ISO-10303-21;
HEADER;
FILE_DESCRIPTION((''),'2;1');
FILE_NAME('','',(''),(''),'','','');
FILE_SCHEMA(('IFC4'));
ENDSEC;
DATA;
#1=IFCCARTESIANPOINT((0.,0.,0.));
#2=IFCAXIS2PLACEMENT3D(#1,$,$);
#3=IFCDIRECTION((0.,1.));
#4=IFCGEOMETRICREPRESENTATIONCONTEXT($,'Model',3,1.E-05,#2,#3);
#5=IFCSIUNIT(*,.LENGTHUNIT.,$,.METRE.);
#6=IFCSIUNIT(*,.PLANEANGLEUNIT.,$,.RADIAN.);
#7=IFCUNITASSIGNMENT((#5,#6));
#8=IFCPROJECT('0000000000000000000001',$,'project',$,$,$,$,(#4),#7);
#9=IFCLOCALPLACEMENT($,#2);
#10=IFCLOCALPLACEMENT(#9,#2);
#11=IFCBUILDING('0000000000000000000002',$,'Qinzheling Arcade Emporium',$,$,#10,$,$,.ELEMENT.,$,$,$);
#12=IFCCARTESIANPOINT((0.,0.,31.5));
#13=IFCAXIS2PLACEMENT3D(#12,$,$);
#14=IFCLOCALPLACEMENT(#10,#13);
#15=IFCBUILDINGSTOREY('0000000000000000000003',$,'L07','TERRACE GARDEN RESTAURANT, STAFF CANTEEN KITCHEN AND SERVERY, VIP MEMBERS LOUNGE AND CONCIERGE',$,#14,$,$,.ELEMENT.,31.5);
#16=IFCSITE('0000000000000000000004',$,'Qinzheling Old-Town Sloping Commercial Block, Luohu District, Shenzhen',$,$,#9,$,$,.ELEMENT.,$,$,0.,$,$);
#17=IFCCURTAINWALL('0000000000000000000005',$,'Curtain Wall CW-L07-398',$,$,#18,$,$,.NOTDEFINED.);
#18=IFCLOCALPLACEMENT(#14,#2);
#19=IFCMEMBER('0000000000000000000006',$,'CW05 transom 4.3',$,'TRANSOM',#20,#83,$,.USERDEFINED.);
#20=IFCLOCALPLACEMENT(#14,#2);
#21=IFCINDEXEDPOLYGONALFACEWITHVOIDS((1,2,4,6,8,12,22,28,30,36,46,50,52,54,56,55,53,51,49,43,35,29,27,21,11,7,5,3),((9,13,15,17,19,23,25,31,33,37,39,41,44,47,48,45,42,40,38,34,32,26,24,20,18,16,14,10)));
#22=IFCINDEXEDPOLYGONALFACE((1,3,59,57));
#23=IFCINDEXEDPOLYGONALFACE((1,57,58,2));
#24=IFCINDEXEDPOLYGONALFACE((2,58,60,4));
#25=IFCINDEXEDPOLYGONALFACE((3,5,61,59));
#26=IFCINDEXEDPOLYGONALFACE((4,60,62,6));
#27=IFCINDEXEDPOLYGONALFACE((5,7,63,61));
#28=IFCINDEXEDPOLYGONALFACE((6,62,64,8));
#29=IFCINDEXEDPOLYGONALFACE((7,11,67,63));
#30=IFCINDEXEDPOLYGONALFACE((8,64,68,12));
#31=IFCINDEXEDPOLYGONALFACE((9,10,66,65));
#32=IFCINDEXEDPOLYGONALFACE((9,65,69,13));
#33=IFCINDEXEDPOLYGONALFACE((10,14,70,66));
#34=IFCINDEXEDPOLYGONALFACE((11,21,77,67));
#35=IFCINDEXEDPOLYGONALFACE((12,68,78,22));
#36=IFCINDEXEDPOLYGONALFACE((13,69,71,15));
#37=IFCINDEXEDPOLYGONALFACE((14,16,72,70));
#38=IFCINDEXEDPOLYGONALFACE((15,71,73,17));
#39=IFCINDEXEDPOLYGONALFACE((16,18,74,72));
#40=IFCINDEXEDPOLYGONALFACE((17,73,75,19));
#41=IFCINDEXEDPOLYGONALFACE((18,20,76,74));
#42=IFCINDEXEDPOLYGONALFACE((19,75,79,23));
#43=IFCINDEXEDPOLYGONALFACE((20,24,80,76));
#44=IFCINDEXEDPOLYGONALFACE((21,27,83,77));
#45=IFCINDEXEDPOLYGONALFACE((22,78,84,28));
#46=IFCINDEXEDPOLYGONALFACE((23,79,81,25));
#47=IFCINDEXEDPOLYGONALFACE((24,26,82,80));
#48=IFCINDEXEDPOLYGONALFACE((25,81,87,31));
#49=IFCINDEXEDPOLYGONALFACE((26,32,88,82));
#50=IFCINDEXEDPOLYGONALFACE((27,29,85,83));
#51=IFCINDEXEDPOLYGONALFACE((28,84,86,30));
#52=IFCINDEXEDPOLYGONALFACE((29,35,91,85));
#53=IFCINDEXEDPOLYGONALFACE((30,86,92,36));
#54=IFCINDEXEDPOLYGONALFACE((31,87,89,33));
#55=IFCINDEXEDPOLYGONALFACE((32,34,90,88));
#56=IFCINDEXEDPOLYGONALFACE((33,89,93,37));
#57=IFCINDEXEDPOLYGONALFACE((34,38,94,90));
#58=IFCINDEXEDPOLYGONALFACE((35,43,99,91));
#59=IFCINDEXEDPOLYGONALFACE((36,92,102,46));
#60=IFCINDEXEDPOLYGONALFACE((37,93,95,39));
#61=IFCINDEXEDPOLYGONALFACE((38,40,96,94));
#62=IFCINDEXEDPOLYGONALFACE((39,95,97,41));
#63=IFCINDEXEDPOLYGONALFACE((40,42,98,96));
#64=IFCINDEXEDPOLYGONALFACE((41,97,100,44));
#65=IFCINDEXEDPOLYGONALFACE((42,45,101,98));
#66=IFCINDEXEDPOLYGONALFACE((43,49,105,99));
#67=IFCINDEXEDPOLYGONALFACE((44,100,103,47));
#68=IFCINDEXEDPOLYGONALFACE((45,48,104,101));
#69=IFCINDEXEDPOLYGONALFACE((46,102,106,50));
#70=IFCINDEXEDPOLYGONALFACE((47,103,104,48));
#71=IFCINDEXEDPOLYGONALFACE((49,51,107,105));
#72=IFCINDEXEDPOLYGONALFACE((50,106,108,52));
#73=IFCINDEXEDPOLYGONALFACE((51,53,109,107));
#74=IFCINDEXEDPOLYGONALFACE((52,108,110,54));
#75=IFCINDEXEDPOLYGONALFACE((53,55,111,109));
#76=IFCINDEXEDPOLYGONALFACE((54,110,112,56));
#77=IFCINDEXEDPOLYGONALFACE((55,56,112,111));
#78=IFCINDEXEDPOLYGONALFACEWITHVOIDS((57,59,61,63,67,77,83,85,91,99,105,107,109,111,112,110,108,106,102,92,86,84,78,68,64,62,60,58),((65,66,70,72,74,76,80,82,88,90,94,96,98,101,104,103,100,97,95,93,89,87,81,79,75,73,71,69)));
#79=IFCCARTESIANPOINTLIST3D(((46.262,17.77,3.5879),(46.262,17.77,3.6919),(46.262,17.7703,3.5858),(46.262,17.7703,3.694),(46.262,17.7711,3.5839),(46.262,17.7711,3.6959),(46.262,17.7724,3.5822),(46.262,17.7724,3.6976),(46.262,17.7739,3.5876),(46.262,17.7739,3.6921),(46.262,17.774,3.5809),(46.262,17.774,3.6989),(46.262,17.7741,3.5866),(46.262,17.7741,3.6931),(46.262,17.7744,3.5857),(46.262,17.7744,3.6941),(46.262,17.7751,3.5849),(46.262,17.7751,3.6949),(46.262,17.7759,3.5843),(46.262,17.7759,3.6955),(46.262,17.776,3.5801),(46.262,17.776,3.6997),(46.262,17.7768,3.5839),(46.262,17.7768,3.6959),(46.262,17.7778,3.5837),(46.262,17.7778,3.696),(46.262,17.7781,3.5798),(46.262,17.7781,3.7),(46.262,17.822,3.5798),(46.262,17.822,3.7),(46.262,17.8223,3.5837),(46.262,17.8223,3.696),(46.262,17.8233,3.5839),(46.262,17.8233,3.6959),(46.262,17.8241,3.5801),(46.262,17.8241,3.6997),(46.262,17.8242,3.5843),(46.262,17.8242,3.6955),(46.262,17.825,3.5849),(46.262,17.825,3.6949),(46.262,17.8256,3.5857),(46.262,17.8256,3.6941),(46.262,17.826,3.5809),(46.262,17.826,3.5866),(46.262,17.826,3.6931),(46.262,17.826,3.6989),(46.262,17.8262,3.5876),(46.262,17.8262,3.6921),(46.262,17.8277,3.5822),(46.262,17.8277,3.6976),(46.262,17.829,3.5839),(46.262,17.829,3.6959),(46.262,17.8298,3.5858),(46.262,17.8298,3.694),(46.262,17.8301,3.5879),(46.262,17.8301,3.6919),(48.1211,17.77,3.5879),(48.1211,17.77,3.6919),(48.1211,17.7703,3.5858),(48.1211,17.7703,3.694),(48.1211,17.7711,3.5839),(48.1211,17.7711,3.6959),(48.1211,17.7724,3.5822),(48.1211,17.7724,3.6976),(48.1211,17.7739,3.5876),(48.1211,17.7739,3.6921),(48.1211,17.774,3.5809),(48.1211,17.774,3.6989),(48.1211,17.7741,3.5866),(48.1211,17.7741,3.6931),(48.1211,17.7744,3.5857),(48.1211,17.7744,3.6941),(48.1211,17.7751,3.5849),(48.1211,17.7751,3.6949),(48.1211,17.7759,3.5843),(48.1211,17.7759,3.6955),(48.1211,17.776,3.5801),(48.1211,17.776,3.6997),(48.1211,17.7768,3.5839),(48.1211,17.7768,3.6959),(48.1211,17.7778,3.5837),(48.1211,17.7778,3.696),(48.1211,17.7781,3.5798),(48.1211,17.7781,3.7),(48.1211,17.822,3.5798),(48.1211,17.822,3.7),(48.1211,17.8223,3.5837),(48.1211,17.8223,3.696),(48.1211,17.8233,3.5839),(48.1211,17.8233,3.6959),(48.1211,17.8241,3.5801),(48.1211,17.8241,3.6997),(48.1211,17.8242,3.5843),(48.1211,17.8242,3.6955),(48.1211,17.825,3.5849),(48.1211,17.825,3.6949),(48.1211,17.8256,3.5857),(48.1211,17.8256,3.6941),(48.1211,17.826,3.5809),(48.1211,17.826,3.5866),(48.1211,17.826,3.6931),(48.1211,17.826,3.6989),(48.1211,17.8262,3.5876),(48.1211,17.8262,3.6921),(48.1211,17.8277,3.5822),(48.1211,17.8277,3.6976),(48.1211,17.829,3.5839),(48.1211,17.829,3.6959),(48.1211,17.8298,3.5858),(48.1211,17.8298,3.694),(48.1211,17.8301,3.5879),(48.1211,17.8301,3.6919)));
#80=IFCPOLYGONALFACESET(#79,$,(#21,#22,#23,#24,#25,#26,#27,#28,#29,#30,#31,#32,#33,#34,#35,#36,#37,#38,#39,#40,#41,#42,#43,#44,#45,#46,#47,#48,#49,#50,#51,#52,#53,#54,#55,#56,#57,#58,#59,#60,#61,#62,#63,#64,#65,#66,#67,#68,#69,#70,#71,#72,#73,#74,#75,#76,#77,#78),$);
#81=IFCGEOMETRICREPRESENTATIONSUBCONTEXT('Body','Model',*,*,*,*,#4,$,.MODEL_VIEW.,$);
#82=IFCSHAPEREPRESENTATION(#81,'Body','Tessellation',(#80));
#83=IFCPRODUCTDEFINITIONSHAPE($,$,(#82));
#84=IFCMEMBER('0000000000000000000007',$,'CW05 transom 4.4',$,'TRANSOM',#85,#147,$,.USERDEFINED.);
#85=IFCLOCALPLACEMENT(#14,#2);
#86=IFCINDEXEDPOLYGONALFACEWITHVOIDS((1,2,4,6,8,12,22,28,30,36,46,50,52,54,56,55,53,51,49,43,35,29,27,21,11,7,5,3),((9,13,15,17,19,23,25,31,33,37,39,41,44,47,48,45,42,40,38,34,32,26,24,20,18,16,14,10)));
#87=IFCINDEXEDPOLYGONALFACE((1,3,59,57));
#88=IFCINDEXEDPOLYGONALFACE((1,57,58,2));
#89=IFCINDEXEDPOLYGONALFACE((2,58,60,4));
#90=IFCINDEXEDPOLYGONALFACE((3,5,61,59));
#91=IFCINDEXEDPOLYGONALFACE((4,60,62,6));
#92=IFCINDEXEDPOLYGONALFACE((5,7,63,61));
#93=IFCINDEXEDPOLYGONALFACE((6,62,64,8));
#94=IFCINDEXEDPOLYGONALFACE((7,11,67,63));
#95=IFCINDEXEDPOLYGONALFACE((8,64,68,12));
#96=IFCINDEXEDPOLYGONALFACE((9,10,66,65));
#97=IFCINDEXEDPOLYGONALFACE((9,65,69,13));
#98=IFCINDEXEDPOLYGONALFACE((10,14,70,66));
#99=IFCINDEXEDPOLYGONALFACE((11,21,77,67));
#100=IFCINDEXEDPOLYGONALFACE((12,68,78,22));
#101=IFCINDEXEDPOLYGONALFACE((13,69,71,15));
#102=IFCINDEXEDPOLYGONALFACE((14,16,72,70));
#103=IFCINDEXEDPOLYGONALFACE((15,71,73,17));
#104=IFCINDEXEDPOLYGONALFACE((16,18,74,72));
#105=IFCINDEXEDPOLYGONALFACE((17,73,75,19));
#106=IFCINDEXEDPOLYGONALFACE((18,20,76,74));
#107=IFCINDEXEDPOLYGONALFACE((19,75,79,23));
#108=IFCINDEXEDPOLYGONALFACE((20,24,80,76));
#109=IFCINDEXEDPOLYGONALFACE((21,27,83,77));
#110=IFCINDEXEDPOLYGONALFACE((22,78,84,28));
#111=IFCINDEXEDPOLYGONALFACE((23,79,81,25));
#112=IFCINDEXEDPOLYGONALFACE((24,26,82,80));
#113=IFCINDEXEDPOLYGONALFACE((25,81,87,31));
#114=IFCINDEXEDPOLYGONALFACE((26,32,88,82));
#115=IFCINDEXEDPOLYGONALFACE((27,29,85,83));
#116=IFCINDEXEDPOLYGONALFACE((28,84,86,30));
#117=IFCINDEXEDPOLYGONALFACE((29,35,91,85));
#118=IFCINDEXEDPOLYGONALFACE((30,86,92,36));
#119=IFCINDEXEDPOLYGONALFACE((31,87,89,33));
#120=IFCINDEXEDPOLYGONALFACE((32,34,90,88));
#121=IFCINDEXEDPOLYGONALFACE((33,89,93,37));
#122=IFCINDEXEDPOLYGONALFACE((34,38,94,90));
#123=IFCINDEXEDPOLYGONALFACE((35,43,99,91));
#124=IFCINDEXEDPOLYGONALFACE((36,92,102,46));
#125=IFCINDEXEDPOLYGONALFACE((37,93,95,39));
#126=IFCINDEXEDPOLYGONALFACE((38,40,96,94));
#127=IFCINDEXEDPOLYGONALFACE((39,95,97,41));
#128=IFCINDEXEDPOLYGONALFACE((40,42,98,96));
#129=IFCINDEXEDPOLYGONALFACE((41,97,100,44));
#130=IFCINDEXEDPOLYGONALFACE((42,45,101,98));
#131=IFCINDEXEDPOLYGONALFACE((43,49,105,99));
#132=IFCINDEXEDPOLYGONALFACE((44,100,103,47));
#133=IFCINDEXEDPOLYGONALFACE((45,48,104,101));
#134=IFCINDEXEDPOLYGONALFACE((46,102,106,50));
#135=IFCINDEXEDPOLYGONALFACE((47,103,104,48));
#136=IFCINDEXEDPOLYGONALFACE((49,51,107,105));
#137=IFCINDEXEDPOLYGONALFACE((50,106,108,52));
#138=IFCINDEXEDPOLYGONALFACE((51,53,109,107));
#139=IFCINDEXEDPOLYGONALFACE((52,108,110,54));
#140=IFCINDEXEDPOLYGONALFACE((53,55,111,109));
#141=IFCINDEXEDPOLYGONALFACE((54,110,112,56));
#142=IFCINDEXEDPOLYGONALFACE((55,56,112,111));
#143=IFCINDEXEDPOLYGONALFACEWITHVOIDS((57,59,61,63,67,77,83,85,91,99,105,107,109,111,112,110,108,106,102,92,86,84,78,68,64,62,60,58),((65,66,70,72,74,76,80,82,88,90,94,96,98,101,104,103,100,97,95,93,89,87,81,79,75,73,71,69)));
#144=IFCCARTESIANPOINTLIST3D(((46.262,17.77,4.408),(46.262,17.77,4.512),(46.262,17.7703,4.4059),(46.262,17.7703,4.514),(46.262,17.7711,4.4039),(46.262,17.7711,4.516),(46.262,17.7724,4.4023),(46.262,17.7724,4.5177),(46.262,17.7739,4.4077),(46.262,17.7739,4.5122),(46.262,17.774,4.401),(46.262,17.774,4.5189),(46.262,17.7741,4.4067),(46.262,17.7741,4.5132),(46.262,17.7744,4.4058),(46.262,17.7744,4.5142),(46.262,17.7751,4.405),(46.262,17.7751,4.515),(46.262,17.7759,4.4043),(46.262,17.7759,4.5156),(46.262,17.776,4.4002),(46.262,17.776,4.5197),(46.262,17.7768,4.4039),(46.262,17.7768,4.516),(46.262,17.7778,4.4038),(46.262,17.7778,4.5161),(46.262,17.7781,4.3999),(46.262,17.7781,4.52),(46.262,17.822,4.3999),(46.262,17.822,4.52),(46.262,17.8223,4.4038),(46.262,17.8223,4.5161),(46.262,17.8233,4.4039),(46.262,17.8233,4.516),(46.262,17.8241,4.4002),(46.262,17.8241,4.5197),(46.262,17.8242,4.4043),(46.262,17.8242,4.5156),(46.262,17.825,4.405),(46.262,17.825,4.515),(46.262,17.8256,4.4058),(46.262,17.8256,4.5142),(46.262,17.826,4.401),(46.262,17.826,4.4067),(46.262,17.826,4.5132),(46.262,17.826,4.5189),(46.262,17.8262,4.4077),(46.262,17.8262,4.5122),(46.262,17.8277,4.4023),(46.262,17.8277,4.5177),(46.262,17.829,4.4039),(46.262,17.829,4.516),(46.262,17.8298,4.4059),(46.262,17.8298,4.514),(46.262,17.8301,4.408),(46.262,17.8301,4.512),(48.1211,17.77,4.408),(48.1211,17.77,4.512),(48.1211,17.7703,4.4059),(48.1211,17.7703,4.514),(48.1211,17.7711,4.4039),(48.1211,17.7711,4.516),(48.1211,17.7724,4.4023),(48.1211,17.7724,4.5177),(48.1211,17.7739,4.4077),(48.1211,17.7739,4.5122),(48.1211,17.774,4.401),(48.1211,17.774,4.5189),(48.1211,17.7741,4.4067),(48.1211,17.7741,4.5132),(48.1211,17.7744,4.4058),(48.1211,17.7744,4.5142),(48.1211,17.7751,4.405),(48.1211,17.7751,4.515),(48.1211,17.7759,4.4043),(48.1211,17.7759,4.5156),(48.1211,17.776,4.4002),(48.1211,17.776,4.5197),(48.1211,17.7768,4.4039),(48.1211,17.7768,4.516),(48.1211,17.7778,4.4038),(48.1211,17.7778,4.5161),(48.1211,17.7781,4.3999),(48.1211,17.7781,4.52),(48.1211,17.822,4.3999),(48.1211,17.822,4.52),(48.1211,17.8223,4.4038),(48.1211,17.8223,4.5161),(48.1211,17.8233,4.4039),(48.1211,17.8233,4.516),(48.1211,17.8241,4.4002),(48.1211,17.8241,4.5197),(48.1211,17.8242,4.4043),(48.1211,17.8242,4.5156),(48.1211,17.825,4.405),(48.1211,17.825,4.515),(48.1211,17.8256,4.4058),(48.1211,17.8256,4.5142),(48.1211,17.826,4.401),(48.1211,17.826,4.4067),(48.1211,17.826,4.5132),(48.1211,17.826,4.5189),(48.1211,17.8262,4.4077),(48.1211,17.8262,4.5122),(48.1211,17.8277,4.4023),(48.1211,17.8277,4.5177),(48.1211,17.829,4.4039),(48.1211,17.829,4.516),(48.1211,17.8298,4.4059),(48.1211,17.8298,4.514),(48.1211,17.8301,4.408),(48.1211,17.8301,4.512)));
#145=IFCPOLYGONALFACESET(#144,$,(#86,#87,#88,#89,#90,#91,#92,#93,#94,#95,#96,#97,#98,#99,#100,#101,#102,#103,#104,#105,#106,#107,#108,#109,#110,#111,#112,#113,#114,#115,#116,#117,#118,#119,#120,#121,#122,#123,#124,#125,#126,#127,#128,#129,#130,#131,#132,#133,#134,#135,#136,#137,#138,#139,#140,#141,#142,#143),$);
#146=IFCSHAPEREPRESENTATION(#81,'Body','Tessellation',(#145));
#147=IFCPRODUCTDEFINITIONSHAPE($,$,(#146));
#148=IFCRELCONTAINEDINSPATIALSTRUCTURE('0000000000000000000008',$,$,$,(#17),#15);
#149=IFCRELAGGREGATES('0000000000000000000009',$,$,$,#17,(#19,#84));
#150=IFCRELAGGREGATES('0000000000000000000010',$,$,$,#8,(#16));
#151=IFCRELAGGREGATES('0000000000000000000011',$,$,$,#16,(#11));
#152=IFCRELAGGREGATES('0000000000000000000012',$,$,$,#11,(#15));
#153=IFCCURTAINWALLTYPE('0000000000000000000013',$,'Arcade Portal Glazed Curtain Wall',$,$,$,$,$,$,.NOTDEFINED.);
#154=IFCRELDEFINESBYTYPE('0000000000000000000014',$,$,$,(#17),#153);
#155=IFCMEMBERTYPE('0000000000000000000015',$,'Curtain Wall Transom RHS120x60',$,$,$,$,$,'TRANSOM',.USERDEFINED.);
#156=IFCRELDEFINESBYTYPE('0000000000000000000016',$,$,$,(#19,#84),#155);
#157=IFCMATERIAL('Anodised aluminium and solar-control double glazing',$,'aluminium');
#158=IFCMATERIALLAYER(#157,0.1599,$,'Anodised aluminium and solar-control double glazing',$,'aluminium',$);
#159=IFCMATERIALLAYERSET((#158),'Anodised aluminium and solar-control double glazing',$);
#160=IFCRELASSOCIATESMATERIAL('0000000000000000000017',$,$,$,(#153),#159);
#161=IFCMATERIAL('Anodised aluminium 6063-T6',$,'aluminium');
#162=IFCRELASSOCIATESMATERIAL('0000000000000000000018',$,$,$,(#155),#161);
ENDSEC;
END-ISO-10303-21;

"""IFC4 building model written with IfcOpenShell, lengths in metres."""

from ifc_helpers import new_model, si_unit, direction, frame, origin, origin_2d, place, context, subcontext, project, spatial, hollow_rectangle, extrude, material, layer, layer_set, material_profile, profile_set, type_object, element, aggregate, save


model = new_model("IFC4")

# Units and contexts
model_context = context("Model", 3, precision=1e-05, world=origin(), true_north=direction((0.0, 1.0)))
body_context = subcontext(model_context, "Body", "Model", "MODEL_VIEW")
ifc_project = project(units=[si_unit("LENGTHUNIT", "METRE"), si_unit("PLANEANGLEUNIT", "RADIAN")], contexts=[model_context])

# Site, building, storey
site_placement = place(None, origin())
site = spatial("IfcSite", under=ifc_project, at=site_placement, Name="Qinzheling Old-Town Sloping Commercial Block, Luohu District, Shenzhen", CompositionType="ELEMENT", RefElevation=0.0)
building_placement = place(site_placement, origin())
building = spatial("IfcBuilding", under=site, at=building_placement, Name="Qinzheling Arcade Emporium", CompositionType="ELEMENT")
storey_placement = place(building_placement, frame((0.0, 0.0, 31.5)))
storey = spatial("IfcBuildingStorey", under=building, at=storey_placement, Name="L07", Description="TERRACE GARDEN RESTAURANT, STAFF CANTEEN KITCHEN AND SERVERY, VIP MEMBERS LOUNGE AND CONCIERGE", CompositionType="ELEMENT", Elevation=31.5)

# Curtain wall
ifc_material_1 = material(Name="Anodised aluminium and solar-control double glazing", Category="aluminium")
ifc_layer_1 = layer(ifc_material_1, 0.1599, Name="Anodised aluminium and solar-control double glazing", Category="aluminium")
ifc_layer_set_1 = layer_set([ifc_layer_1], Name="Anodised aluminium and solar-control double glazing")
curtain_wall_type = type_object("IfcCurtainWallType", Name="Arcade Portal Glazed Curtain Wall", PredefinedType="NOTDEFINED", material=ifc_layer_set_1)
curtain_wall_1_placement = place(storey_placement, origin())
curtain_wall_1 = element("IfcCurtainWall", 1, at=curtain_wall_1_placement, inside=storey, type_object=curtain_wall_type, Name="Curtain Wall CW-L07-398", PredefinedType="NOTDEFINED")
ifc_material_2 = material(Name="Anodised aluminium 6063-T6", Category="aluminium")

# Members
ifc_material_profile_1 = material_profile(ifc_material_2, hollow_rectangle(XDim=0.0601, YDim=0.1201, WallThickness=0.0039, InnerFilletRadius=0.0039, OuterFilletRadius=0.0081, at=origin_2d()), Name="RHS 120x60x4", Category="aluminium")
ifc_profile_set_1 = profile_set([ifc_material_profile_1], Name="Anodised aluminium 6063-T6")
member_type_1 = type_object("IfcMemberType", Name="Curtain Wall Transom RHS120x60", ElementType="TRANSOM", PredefinedType="USERDEFINED", material=ifc_profile_set_1)
member_1_placement = place(storey_placement, frame((48.1211, 17.8, 3.6399), z_axis=(-1.0, 0.0, 0.0), x_axis=(0.0, -1.0, 0.0)))
member_1 = element("IfcMember", 2, at=member_1_placement, type_object=member_type_1, Name="CW05 transom 4.3", ObjectType="TRANSOM", PredefinedType="USERDEFINED", context=body_context, shape_type="SweptSolid", body=[
    extrude(hollow_rectangle(XDim=0.0601, YDim=0.1201, WallThickness=0.0039, InnerFilletRadius=0.0039, OuterFilletRadius=0.0081, at=origin_2d()), origin(), (0.0, 0.0, 1.0), 1.8591),
])
member_2_placement = place(storey_placement, frame((48.1211, 17.8, 4.46), z_axis=(-1.0, 0.0, 0.0), x_axis=(0.0, -1.0, 0.0)))
member_2 = element("IfcMember", 3, at=member_2_placement, type_object=member_type_1, Name="CW05 transom 4.4", ObjectType="TRANSOM", PredefinedType="USERDEFINED", context=body_context, shape_type="SweptSolid", body=[
    extrude(hollow_rectangle(XDim=0.0601, YDim=0.1201, WallThickness=0.0039, InnerFilletRadius=0.0039, OuterFilletRadius=0.0081, at=origin_2d()), origin(), (0.0, 0.0, 1.0), 1.8591),
])

aggregate(curtain_wall_1, [member_1, member_2])

save(model, "model.ifc")
